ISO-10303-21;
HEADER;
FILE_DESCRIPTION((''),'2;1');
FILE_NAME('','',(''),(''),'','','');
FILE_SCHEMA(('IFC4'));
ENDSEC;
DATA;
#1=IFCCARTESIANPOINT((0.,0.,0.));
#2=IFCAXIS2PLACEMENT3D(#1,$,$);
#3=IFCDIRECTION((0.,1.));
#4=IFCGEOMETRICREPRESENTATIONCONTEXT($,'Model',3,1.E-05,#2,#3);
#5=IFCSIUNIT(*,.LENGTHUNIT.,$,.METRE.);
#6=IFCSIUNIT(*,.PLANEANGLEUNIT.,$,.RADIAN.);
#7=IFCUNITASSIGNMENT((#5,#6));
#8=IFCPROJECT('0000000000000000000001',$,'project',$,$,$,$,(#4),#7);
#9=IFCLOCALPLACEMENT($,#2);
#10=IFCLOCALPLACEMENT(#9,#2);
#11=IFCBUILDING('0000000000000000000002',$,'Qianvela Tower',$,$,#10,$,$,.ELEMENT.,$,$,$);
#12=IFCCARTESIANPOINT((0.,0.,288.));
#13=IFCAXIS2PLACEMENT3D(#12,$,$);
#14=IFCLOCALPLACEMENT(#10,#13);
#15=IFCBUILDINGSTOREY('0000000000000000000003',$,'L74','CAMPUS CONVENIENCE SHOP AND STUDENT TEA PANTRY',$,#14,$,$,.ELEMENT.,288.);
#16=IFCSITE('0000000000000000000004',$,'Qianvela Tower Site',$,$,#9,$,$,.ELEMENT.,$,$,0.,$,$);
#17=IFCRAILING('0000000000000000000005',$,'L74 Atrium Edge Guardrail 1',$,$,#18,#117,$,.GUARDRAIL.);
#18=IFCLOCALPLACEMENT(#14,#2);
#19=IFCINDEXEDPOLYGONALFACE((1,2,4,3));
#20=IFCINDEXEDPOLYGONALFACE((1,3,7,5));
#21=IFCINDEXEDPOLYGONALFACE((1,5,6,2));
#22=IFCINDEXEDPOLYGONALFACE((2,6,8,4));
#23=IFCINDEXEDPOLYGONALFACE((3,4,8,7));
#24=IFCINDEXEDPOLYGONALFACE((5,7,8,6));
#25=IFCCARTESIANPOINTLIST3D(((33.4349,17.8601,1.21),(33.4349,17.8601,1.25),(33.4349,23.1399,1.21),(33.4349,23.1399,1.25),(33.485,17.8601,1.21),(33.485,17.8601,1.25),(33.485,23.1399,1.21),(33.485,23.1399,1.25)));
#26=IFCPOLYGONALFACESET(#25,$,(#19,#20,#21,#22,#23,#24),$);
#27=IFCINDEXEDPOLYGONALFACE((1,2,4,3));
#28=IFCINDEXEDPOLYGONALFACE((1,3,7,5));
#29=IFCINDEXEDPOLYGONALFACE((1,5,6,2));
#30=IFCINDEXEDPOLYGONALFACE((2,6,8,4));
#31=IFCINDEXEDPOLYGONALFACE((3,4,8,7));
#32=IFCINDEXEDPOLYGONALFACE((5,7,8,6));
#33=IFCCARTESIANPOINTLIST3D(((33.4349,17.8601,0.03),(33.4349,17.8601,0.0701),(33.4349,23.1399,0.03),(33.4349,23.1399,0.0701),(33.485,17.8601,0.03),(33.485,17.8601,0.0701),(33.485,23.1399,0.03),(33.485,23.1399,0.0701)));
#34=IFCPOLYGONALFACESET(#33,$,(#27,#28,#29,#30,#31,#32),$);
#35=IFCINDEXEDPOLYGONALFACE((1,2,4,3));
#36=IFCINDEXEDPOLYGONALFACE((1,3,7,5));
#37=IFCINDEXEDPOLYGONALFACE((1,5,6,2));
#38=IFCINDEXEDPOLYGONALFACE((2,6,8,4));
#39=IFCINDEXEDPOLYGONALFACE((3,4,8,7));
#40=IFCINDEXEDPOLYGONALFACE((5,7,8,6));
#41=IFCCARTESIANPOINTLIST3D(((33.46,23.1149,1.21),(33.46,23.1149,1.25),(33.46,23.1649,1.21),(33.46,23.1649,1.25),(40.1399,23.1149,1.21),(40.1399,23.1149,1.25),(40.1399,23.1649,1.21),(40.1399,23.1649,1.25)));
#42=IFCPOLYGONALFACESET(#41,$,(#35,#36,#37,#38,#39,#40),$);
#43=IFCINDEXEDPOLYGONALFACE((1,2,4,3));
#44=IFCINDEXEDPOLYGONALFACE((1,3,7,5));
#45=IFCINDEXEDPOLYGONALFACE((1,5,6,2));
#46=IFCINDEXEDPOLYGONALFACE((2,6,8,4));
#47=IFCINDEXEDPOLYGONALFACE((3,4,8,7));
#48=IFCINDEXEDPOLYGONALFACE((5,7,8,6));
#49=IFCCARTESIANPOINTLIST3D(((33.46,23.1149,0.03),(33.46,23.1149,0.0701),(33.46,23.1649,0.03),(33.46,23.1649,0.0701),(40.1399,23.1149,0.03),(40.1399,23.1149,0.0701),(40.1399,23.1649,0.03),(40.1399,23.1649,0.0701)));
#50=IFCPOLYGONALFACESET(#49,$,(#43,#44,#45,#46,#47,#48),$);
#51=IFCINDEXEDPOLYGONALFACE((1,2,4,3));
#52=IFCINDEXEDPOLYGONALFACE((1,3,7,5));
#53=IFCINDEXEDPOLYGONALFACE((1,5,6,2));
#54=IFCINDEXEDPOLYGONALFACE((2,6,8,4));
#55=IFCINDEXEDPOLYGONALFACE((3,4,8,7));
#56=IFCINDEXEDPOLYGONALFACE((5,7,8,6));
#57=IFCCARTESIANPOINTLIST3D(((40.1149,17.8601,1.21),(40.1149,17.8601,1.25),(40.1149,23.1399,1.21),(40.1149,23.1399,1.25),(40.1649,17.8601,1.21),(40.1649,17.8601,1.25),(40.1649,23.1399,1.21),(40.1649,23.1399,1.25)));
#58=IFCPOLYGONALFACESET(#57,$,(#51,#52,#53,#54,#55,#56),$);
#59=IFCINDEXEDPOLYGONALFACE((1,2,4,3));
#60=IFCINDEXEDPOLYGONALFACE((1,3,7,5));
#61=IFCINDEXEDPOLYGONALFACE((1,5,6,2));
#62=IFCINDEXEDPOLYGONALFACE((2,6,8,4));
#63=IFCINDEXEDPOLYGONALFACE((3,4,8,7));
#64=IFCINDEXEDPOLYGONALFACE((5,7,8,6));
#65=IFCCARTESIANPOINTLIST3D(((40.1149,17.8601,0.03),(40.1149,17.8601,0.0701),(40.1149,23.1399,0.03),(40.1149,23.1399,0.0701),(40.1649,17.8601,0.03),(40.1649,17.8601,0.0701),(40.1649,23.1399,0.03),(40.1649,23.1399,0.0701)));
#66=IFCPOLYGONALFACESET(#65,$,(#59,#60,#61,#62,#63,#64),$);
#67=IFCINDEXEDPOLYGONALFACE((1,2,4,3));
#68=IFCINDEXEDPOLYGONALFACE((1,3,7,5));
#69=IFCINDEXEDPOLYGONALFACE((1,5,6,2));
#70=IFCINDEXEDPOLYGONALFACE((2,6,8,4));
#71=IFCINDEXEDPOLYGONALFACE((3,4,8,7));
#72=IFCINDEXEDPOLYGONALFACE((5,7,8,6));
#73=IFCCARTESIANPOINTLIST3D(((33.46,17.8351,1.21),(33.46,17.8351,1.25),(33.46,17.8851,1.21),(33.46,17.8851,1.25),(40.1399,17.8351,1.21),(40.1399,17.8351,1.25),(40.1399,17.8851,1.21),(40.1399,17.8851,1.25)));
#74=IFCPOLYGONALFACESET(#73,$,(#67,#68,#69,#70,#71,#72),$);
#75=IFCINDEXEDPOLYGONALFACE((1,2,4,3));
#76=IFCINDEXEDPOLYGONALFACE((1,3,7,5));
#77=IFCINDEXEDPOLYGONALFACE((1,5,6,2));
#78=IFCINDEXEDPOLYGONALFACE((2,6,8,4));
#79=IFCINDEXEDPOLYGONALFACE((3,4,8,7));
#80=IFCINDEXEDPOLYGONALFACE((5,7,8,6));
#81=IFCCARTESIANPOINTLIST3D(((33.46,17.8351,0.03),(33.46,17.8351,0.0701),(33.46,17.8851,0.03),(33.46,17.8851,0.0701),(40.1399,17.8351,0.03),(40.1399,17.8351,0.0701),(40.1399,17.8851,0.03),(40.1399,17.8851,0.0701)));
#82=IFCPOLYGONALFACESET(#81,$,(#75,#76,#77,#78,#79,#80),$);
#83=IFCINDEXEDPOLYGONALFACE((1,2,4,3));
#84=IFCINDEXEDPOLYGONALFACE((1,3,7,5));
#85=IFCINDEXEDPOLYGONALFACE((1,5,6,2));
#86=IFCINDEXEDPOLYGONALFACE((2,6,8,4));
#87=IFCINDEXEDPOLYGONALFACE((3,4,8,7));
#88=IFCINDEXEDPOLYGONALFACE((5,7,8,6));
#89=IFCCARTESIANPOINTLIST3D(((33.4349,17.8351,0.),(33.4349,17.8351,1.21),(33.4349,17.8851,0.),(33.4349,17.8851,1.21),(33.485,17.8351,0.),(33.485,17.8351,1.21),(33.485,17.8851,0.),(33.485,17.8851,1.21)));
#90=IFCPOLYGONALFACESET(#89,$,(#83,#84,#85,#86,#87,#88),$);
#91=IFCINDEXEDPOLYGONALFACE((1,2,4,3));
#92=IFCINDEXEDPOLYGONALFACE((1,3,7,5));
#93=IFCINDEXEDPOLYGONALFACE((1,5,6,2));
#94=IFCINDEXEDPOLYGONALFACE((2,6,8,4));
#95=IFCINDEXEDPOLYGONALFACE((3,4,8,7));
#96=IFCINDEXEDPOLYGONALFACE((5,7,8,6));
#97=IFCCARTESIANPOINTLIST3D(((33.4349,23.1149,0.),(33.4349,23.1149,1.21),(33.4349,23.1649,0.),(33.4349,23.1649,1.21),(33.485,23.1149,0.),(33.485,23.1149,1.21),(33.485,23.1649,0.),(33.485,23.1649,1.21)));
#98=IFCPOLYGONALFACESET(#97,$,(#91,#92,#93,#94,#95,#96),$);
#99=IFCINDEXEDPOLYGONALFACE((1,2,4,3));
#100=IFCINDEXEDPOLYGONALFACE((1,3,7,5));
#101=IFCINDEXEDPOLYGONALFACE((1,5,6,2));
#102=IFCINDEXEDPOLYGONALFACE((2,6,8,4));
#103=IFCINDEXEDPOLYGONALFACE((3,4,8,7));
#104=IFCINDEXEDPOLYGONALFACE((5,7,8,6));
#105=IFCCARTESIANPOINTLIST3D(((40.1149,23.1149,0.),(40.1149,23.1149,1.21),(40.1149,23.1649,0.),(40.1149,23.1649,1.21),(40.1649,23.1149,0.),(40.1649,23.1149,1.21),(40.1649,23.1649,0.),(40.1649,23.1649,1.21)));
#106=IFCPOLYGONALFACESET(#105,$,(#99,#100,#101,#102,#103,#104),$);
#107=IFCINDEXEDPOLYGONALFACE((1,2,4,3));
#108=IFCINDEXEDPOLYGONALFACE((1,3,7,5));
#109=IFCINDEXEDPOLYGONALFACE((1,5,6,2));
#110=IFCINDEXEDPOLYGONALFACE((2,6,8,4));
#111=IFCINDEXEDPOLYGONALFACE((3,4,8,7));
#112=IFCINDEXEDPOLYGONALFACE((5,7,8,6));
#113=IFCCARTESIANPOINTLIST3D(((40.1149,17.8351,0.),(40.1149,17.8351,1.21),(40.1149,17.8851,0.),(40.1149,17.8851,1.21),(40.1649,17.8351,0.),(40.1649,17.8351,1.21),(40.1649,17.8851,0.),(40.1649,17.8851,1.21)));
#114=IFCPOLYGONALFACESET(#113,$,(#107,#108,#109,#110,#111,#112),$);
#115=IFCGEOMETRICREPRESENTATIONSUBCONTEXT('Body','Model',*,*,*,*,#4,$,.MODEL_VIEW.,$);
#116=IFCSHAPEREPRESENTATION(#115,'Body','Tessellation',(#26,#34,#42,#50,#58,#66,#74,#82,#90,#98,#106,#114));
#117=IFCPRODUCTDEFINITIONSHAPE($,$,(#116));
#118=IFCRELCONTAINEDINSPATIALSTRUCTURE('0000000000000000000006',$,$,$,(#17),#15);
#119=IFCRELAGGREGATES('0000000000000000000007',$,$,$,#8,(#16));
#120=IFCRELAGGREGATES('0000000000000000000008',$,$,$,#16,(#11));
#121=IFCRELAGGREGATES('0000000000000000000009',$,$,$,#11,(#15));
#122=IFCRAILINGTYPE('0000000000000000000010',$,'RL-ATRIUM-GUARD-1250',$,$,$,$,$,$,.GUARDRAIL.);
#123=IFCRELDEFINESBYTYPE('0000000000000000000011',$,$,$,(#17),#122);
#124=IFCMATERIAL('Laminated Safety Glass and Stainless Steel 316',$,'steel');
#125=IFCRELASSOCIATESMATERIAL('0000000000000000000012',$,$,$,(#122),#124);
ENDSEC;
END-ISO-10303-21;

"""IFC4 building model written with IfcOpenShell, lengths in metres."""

from ifc_helpers import new_model, si_unit, direction, frame, origin, origin_2d, place, context, subcontext, project, spatial, rectangle, extrude, material, type_object, element, save


model = new_model("IFC4")

# Units and contexts
model_context = context("Model", 3, precision=1e-05, world=origin(), true_north=direction((0.0, 1.0)))
body_context = subcontext(model_context, "Body", "Model", "MODEL_VIEW")
ifc_project = project(units=[si_unit("LENGTHUNIT", "METRE"), si_unit("PLANEANGLEUNIT", "RADIAN")], contexts=[model_context])

# Site, building, storey
site_placement = place(None, origin())
site = spatial("IfcSite", under=ifc_project, at=site_placement, Name="Qianvela Tower Site", CompositionType="ELEMENT", RefElevation=0.0)
building_placement = place(site_placement, origin())
building = spatial("IfcBuilding", under=site, at=building_placement, Name="Qianvela Tower", CompositionType="ELEMENT")
storey_placement = place(building_placement, frame((0.0, 0.0, 288.0)))
storey = spatial("IfcBuildingStorey", under=building, at=storey_placement, Name="L74", Description="CAMPUS CONVENIENCE SHOP AND STUDENT TEA PANTRY", CompositionType="ELEMENT", Elevation=288.0)

# Railing
ifc_material_1 = material(Name="Laminated Safety Glass and Stainless Steel 316", Category="steel")
railing_type = type_object("IfcRailingType", Name="RL-ATRIUM-GUARD-1250", PredefinedType="GUARDRAIL", material=ifc_material_1)
railing_placement = place(storey_placement, frame((33.46, 17.8601, 0.0)))
element("IfcRailing", 1, at=railing_placement, inside=storey, type_object=railing_type, Name="L74 Atrium Edge Guardrail 1", PredefinedType="GUARDRAIL", context=body_context, shape_type="SweptSolid", body=[
    extrude(rectangle(XDim=0.05, YDim=0.04, at=origin_2d()), frame((0.0, 0.0, 1.23), z_axis=(0.0, 1.0, 0.0), x_axis=(-1.0, 0.0, 0.0)), (0.0, 0.0, 1.0), 5.2798),
    extrude(rectangle(XDim=0.05, YDim=0.04, at=origin_2d()), frame((0.0, 0.0, 0.05), z_axis=(0.0, 1.0, 0.0), x_axis=(-1.0, 0.0, 0.0)), (0.0, 0.0, 1.0), 5.2798),
    extrude(rectangle(XDim=0.05, YDim=0.04, at=origin_2d()), frame((0.0, 5.2798, 1.23), z_axis=(1.0, 0.0, 0.0), x_axis=(0.0, 1.0, 0.0)), (0.0, 0.0, 1.0), 6.6799),
    extrude(rectangle(XDim=0.05, YDim=0.04, at=origin_2d()), frame((0.0, 5.2798, 0.05), z_axis=(1.0, 0.0, 0.0), x_axis=(0.0, 1.0, 0.0)), (0.0, 0.0, 1.0), 6.6799),
    extrude(rectangle(XDim=0.05, YDim=0.04, at=origin_2d()), frame((6.6799, 5.2798, 1.23), z_axis=(0.0, -1.0, 0.0), x_axis=(1.0, 0.0, 0.0)), (0.0, 0.0, 1.0), 5.2798),
    extrude(rectangle(XDim=0.05, YDim=0.04, at=origin_2d()), frame((6.6799, 5.2798, 0.05), z_axis=(0.0, -1.0, 0.0), x_axis=(1.0, 0.0, 0.0)), (0.0, 0.0, 1.0), 5.2798),
    extrude(rectangle(XDim=0.05, YDim=0.04, at=origin_2d()), frame((6.6799, 0.0, 1.23), z_axis=(-1.0, 0.0, 0.0), x_axis=(0.0, -1.0, 0.0)), (0.0, 0.0, 1.0), 6.6799),
    extrude(rectangle(XDim=0.05, YDim=0.04, at=origin_2d()), frame((6.6799, 0.0, 0.05), z_axis=(-1.0, 0.0, 0.0), x_axis=(0.0, -1.0, 0.0)), (0.0, 0.0, 1.0), 6.6799),
    extrude(rectangle(XDim=0.05, YDim=0.05, at=origin_2d()), origin(), (0.0, 0.0, 1.0), 1.21),
    extrude(rectangle(XDim=0.05, YDim=0.05, at=origin_2d()), frame((0.0, 5.2798, 0.0)), (0.0, 0.0, 1.0), 1.21),
    extrude(rectangle(XDim=0.05, YDim=0.05, at=origin_2d()), frame((6.6799, 5.2798, 0.0)), (0.0, 0.0, 1.0), 1.21),
    extrude(rectangle(XDim=0.05, YDim=0.05, at=origin_2d()), frame((6.6799, 0.0, 0.0)), (0.0, 0.0, 1.0), 1.21),
])

save(model, "model.ifc")
